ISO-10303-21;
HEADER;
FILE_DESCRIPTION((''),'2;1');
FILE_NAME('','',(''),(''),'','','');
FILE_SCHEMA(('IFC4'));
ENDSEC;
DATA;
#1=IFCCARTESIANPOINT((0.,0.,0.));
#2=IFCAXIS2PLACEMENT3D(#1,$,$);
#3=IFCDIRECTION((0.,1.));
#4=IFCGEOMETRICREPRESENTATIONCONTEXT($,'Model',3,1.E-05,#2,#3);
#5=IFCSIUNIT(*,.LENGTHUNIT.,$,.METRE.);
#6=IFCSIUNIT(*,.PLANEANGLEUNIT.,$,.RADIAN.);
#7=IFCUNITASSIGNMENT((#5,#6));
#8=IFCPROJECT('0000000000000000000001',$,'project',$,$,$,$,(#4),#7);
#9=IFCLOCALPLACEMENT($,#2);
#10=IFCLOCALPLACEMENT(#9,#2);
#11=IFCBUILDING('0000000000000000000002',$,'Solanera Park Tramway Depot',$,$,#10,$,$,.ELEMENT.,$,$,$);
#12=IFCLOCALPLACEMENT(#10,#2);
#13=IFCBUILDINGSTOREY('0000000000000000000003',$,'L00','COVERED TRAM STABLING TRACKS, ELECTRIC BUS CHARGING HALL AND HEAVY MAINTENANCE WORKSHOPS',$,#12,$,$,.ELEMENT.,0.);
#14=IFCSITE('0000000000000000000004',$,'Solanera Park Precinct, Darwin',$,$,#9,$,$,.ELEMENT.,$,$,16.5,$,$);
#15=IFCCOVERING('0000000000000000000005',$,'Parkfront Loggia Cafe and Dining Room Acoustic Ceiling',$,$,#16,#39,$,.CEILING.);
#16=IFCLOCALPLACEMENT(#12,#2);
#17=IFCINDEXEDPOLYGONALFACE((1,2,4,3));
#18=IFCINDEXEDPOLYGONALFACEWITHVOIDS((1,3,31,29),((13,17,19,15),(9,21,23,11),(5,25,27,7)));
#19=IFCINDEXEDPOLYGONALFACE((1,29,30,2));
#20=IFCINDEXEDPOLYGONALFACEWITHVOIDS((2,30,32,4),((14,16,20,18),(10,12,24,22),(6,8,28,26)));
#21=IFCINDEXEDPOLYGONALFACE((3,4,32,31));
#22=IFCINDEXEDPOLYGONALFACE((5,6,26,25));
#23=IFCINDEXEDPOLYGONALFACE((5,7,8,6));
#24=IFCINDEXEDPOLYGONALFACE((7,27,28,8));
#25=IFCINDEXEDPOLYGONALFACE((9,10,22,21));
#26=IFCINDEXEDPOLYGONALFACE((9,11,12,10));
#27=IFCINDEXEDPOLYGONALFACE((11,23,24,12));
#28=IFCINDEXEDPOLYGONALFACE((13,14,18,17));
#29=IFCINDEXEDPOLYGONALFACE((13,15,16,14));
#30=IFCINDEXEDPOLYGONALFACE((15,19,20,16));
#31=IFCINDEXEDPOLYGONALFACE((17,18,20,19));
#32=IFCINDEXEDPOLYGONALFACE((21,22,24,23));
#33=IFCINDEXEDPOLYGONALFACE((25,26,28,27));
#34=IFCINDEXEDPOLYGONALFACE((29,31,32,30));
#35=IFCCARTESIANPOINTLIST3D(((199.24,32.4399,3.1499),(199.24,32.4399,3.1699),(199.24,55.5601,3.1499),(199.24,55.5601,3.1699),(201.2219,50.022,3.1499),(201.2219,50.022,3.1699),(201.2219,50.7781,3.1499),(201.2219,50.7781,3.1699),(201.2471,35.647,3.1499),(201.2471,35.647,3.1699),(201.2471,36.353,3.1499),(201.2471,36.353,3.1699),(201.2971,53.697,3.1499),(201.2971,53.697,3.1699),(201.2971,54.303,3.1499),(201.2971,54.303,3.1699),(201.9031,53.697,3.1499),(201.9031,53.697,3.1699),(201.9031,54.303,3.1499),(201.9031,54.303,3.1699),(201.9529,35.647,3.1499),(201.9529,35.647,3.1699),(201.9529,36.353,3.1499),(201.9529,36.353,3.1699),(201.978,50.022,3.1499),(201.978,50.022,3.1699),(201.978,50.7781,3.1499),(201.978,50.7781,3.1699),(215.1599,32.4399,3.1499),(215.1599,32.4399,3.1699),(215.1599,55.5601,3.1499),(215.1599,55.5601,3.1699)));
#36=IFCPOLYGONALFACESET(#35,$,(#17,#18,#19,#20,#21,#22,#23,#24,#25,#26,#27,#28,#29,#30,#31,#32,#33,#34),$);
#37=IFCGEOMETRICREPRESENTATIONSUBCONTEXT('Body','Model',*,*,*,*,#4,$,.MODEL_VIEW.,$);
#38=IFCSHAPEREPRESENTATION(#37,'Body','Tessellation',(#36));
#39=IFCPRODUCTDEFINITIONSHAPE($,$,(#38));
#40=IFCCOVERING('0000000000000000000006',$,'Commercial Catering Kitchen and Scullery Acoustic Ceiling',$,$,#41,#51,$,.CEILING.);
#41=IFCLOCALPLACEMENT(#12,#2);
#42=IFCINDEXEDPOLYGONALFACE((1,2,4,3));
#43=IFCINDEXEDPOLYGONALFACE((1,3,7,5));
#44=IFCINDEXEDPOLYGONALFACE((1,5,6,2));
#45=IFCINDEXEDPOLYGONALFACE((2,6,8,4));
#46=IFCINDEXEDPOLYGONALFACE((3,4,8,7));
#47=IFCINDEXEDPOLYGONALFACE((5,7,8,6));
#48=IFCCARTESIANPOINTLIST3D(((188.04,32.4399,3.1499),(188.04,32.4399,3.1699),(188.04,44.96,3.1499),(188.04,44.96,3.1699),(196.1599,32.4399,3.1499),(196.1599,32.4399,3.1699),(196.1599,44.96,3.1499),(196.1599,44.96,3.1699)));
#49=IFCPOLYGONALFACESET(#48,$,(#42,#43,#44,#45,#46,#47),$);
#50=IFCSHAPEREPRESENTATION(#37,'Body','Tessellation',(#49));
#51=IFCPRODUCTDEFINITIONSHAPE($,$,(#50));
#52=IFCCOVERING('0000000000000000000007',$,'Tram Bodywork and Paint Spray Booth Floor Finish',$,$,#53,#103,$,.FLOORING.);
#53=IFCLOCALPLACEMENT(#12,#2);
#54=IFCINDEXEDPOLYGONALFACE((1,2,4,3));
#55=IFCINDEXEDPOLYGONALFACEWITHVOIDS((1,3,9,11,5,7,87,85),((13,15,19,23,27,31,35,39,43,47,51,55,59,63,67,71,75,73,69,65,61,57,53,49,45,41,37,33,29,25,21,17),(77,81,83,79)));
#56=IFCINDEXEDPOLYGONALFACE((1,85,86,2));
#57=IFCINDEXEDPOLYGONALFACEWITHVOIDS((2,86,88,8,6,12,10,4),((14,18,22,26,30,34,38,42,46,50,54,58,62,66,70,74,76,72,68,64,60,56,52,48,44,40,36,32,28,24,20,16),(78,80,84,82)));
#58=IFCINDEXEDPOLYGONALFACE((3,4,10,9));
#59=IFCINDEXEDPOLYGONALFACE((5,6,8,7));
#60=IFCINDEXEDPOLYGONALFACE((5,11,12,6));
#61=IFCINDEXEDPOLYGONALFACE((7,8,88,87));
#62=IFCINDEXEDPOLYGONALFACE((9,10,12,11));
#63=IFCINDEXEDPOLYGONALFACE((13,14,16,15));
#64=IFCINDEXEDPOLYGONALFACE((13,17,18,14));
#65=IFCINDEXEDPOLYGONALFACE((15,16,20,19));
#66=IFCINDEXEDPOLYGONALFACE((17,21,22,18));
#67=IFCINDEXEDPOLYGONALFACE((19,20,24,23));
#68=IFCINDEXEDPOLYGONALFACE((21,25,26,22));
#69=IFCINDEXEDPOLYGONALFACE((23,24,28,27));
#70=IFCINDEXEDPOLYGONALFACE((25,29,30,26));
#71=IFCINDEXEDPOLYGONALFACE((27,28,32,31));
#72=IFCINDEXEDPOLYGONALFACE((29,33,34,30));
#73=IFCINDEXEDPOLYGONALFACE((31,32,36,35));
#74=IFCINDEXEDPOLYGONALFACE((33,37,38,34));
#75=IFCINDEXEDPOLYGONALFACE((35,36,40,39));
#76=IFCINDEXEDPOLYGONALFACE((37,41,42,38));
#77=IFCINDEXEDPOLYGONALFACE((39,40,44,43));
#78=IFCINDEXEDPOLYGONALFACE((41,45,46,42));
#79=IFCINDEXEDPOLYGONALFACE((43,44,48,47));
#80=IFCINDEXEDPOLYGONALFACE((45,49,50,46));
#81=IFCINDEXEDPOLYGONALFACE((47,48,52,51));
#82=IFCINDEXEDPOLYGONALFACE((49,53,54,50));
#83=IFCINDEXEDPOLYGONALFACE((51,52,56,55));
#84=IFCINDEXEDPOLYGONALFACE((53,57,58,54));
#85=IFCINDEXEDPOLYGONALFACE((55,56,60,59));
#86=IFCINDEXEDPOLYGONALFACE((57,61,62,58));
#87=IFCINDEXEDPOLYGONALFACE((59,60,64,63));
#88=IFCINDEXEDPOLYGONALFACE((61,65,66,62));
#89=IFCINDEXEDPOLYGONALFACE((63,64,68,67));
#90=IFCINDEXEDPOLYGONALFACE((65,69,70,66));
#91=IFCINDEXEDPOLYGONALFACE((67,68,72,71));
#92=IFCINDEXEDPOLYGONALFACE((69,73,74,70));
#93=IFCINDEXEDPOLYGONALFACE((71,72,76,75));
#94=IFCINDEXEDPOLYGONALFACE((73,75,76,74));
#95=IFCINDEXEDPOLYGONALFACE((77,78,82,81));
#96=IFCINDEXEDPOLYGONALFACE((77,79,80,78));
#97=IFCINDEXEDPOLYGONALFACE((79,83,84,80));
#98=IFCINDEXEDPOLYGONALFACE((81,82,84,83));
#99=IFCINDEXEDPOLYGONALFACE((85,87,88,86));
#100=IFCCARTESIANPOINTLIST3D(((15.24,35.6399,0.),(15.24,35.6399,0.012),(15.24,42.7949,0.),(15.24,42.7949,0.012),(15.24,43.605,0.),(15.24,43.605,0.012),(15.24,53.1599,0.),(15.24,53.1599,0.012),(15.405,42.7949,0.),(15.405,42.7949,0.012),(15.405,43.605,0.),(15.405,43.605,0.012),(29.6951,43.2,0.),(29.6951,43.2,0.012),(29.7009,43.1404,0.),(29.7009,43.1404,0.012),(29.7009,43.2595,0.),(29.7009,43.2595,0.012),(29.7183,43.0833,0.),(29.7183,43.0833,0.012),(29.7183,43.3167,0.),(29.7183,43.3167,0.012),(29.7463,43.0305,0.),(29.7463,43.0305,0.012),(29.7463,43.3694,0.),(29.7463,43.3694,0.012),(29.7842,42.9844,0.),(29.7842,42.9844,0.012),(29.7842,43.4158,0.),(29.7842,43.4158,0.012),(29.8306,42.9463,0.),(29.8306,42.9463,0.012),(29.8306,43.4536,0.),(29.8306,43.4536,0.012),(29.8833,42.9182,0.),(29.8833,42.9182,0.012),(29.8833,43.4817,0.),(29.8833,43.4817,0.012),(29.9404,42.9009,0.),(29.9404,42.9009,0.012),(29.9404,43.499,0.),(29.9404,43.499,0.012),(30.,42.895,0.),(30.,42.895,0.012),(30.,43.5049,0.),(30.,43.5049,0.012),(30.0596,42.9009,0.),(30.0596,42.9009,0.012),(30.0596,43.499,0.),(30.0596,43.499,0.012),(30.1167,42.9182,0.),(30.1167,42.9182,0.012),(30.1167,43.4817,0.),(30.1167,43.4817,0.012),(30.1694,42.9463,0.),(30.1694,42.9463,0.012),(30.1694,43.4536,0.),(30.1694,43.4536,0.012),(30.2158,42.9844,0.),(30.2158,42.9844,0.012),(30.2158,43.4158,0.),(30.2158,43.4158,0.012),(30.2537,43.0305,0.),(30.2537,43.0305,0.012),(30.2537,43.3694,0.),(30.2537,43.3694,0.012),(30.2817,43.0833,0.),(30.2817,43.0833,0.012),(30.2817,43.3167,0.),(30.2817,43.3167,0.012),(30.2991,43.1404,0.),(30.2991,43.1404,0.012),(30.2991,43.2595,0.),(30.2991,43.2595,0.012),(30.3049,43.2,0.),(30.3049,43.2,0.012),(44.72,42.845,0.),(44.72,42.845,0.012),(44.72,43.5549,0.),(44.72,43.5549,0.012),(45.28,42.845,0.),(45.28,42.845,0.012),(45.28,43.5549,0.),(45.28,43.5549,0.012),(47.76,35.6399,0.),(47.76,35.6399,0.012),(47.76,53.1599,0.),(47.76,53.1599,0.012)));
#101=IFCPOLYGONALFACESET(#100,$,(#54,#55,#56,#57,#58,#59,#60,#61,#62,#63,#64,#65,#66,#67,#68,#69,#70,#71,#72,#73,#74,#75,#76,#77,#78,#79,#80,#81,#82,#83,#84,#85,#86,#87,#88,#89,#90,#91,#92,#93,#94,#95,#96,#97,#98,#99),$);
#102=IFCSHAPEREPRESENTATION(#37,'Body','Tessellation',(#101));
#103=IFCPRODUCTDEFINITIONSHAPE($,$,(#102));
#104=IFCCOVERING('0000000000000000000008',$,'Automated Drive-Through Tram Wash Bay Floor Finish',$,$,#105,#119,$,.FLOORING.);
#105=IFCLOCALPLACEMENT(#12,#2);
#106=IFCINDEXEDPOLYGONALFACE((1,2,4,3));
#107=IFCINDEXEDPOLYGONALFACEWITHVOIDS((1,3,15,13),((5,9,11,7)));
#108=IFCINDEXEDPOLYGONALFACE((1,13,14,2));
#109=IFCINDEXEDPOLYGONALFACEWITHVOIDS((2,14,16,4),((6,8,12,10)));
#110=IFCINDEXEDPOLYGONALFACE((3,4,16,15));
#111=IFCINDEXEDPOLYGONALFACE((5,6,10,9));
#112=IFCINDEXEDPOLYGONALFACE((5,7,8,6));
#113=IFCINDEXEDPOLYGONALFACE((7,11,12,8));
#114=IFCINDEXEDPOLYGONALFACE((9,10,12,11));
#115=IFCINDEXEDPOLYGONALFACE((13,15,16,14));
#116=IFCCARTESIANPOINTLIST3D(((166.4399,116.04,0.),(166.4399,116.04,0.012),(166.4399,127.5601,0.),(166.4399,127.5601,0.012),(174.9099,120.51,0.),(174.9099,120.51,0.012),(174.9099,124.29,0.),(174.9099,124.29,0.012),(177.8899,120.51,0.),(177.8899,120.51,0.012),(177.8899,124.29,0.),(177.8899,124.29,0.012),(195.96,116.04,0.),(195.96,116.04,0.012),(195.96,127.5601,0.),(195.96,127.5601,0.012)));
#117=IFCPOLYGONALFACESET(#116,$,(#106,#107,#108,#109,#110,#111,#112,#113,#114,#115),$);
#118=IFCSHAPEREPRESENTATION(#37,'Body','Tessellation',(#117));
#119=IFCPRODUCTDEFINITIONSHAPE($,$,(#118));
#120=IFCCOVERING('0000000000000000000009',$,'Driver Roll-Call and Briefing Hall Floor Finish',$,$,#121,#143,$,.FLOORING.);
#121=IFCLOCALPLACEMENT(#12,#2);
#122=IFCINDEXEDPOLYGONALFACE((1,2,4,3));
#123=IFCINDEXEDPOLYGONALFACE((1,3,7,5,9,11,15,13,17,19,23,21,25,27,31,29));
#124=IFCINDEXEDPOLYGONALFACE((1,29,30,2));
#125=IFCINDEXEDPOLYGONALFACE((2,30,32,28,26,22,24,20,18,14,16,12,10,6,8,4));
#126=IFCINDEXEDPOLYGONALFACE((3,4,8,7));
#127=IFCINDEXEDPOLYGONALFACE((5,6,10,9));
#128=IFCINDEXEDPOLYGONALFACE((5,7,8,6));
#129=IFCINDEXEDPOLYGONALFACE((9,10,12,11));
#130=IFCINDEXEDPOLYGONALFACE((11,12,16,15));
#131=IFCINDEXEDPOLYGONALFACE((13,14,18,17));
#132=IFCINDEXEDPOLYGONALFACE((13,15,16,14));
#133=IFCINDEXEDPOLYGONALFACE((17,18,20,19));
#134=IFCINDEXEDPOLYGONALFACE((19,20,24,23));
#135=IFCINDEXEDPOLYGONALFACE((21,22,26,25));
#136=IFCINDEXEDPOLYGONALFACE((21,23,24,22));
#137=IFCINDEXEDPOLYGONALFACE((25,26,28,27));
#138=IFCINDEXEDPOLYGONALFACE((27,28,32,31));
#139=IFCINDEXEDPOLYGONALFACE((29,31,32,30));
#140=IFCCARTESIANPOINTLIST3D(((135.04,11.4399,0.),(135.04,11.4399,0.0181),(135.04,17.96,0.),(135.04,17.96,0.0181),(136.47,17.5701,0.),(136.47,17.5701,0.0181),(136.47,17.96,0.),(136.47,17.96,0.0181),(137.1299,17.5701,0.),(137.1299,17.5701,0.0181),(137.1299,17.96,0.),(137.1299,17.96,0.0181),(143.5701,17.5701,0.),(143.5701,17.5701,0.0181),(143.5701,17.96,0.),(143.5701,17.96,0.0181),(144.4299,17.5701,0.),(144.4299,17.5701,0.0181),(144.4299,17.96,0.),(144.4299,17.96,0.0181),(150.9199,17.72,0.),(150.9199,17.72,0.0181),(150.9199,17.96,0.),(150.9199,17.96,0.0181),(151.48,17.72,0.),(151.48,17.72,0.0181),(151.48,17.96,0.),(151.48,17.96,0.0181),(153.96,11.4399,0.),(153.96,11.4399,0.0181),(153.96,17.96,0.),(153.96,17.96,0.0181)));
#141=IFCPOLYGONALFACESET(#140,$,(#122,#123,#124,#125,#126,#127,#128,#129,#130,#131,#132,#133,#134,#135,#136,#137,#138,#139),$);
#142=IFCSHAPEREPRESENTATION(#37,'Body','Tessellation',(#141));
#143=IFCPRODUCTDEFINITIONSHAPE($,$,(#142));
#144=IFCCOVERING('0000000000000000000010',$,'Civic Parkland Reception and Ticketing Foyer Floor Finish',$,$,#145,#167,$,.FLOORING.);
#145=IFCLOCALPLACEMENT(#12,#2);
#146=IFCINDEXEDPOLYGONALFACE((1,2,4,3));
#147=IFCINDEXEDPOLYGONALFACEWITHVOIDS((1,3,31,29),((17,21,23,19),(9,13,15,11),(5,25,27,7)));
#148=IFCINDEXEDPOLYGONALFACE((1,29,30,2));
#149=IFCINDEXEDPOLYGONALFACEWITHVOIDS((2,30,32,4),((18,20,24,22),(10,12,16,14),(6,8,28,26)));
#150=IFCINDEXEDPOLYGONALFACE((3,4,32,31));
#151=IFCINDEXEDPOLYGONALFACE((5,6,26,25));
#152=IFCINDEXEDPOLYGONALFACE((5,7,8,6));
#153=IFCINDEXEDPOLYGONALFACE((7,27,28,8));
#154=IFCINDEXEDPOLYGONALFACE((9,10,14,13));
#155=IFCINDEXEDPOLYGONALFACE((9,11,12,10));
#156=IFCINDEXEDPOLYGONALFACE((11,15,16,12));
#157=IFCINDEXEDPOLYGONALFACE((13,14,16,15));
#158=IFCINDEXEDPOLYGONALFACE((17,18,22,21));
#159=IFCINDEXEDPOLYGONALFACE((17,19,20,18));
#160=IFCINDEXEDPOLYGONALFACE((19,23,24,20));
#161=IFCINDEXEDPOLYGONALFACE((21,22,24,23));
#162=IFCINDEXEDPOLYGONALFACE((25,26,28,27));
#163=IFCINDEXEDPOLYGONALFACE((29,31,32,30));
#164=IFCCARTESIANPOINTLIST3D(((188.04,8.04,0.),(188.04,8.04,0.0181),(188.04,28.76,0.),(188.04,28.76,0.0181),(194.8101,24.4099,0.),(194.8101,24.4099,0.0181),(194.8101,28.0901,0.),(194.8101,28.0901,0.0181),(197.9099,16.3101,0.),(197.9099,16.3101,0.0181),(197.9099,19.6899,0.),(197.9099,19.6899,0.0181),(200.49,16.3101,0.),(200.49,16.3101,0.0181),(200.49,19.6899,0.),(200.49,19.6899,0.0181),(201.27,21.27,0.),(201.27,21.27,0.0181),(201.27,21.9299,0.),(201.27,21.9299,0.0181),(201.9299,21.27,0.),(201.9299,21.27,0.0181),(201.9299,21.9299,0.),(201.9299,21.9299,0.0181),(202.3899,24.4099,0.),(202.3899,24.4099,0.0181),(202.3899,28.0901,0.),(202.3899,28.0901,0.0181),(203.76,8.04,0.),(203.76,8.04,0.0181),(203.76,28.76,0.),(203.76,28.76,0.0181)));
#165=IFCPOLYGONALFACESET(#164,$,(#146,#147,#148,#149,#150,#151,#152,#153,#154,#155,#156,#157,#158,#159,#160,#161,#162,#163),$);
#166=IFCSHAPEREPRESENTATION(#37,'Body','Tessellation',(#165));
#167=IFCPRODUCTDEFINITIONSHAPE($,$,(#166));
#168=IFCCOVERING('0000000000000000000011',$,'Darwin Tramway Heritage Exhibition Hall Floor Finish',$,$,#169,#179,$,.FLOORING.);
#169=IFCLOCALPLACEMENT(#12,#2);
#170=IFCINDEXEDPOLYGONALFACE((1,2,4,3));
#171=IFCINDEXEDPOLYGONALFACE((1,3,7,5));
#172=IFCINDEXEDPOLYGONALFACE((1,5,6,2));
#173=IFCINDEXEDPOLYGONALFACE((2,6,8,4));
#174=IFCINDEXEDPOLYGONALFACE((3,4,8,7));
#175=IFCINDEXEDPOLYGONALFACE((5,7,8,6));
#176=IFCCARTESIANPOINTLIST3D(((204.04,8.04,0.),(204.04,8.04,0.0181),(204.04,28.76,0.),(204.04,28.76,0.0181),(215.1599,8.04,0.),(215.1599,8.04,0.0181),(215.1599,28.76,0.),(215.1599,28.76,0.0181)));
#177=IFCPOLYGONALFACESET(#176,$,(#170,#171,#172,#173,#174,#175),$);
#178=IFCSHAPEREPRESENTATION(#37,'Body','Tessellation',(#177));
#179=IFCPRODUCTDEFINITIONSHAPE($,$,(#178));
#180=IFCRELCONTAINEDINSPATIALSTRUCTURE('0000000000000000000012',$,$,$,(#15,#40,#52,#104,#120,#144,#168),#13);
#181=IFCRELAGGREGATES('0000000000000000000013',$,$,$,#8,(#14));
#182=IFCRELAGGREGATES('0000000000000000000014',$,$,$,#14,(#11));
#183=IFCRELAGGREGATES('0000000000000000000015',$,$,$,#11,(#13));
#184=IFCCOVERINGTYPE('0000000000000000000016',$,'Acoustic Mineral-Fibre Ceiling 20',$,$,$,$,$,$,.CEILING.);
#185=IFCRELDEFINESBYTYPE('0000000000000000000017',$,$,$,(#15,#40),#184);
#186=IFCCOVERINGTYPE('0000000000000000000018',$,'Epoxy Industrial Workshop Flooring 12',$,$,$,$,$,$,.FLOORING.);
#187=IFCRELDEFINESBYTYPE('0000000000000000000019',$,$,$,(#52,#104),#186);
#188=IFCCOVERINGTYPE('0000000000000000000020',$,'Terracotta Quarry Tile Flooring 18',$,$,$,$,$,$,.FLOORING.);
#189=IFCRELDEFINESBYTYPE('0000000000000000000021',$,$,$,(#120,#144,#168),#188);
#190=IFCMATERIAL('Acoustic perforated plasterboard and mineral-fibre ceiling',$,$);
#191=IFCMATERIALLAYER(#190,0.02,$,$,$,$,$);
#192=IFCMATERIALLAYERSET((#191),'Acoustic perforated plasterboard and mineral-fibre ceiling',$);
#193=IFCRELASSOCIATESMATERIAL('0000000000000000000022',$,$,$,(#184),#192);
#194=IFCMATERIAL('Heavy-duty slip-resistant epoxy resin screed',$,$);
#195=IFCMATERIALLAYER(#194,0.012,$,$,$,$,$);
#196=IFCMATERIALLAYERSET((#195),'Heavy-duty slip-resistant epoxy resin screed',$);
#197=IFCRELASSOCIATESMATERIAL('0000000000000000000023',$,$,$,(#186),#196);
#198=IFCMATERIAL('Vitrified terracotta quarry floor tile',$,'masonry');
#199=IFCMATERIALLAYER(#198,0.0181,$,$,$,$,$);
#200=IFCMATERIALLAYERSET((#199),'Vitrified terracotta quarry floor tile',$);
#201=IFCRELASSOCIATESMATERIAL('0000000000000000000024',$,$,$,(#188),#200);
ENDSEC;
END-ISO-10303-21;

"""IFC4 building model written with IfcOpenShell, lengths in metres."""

from ifc_helpers import new_model, si_unit, direction, frame, origin, place, context, subcontext, project, spatial, polyline, outline, extrude, material, layer, layer_set, type_object, element, save


model = new_model("IFC4")

# Units and contexts
model_context = context("Model", 3, precision=1e-05, world=origin(), true_north=direction((0.0, 1.0)))
body_context = subcontext(model_context, "Body", "Model", "MODEL_VIEW")
ifc_project = project(units=[si_unit("LENGTHUNIT", "METRE"), si_unit("PLANEANGLEUNIT", "RADIAN")], contexts=[model_context])

# Site, building, storey
site_placement = place(None, origin())
site = spatial("IfcSite", under=ifc_project, at=site_placement, Name="Solanera Park Precinct, Darwin", CompositionType="ELEMENT", RefElevation=16.5)
building_placement = place(site_placement, origin())
building = spatial("IfcBuilding", under=site, at=building_placement, Name="Solanera Park Tramway Depot", CompositionType="ELEMENT")
storey_placement = place(building_placement, origin())
storey = spatial("IfcBuildingStorey", under=building, at=storey_placement, Name="L00", Description="COVERED TRAM STABLING TRACKS, ELECTRIC BUS CHARGING HALL AND HEAVY MAINTENANCE WORKSHOPS", CompositionType="ELEMENT", Elevation=0.0)

# Coverings
ifc_material_1 = material(Name="Acoustic perforated plasterboard and mineral-fibre ceiling")
ifc_layer_1 = layer(ifc_material_1, 0.02)
ifc_layer_set_1 = layer_set([ifc_layer_1], Name="Acoustic perforated plasterboard and mineral-fibre ceiling")
covering_type_1 = type_object("IfcCoveringType", Name="Acoustic Mineral-Fibre Ceiling 20", PredefinedType="CEILING", material=ifc_layer_set_1)
covering_1_placement = place(storey_placement, frame((0.0, 0.0, 3.1499)))
element("IfcCovering", 1, at=covering_1_placement, inside=storey, type_object=covering_type_1, Name="Parkfront Loggia Cafe and Dining Room Acoustic Ceiling", PredefinedType="CEILING", context=body_context, shape_type="SweptSolid", body=[
    extrude(outline(polyline([(215.1599, 55.5601), (215.1599, 32.4399), (199.24, 32.4399), (199.24, 55.5601), (215.1599, 55.5601)]), holes=[polyline([(201.2471, 36.353), (201.2471, 35.647), (201.9529, 35.647), (201.9529, 36.353), (201.2471, 36.353)]), polyline([(201.978, 50.7781), (201.2219, 50.7781), (201.2219, 50.022), (201.978, 50.022), (201.978, 50.7781)]), polyline([(201.9031, 53.697), (201.9031, 54.303), (201.2971, 54.303), (201.2971, 53.697), (201.9031, 53.697)])]), origin(), (0.0, 0.0, 1.0), 0.02),
])
covering_2_placement = place(storey_placement, frame((0.0, 0.0, 3.1499)))
element("IfcCovering", 2, at=covering_2_placement, inside=storey, type_object=covering_type_1, Name="Commercial Catering Kitchen and Scullery Acoustic Ceiling", PredefinedType="CEILING", context=body_context, shape_type="SweptSolid", body=[
    extrude(outline(polyline([(196.1599, 32.4399), (188.04, 32.4399), (188.04, 44.96), (196.1599, 44.96), (196.1599, 32.4399)])), origin(), (0.0, 0.0, 1.0), 0.02),
])
ifc_material_2 = material(Name="Heavy-duty slip-resistant epoxy resin screed")
ifc_layer_2 = layer(ifc_material_2, 0.012)
ifc_layer_set_2 = layer_set([ifc_layer_2], Name="Heavy-duty slip-resistant epoxy resin screed")
covering_type_2 = type_object("IfcCoveringType", Name="Epoxy Industrial Workshop Flooring 12", PredefinedType="FLOORING", material=ifc_layer_set_2)
covering_3_placement = place(storey_placement, origin())
element("IfcCovering", 3, at=covering_3_placement, inside=storey, type_object=covering_type_2, Name="Tram Bodywork and Paint Spray Booth Floor Finish", PredefinedType="FLOORING", context=body_context, shape_type="SweptSolid", body=[
    extrude(outline(polyline([(15.405, 42.7949), (15.405, 43.605), (15.24, 43.605), (15.24, 53.1599), (47.76, 53.1599), (47.76, 35.6399), (15.24, 35.6399), (15.24, 42.7949), (15.405, 42.7949)]), holes=[polyline([(30.2817, 43.3167), (30.2537, 43.3694), (30.2158, 43.4158), (30.1694, 43.4536), (30.1167, 43.4817), (30.0596, 43.499), (30.0, 43.5049), (29.9404, 43.499), (29.8833, 43.4817), (29.8306, 43.4536), (29.7842, 43.4158), (29.7463, 43.3694), (29.7183, 43.3167), (29.7009, 43.2595), (29.6951, 43.2), (29.7009, 43.1404), (29.7183, 43.0833), (29.7463, 43.0305), (29.7842, 42.9844), (29.8306, 42.9463), (29.8833, 42.9182), (29.9404, 42.9009), (30.0, 42.895), (30.0596, 42.9009), (30.1167, 42.9182), (30.1694, 42.9463), (30.2158, 42.9844), (30.2537, 43.0305), (30.2817, 43.0833), (30.2991, 43.1404), (30.3049, 43.2), (30.2991, 43.2595), (30.2817, 43.3167)]), polyline([(45.28, 42.845), (45.28, 43.5549), (44.72, 43.5549), (44.72, 42.845), (45.28, 42.845)])]), origin(), (0.0, 0.0, 1.0), 0.012),
])
covering_4_placement = place(storey_placement, origin())
element("IfcCovering", 4, at=covering_4_placement, inside=storey, type_object=covering_type_2, Name="Automated Drive-Through Tram Wash Bay Floor Finish", PredefinedType="FLOORING", context=body_context, shape_type="SweptSolid", body=[
    extrude(outline(polyline([(166.4399, 116.04), (166.4399, 127.5601), (195.96, 127.5601), (195.96, 116.04), (166.4399, 116.04)]), holes=[polyline([(177.8899, 124.29), (174.9099, 124.29), (174.9099, 120.51), (177.8899, 120.51), (177.8899, 124.29)])]), origin(), (0.0, 0.0, 1.0), 0.012),
])
ifc_material_3 = material(Name="Vitrified terracotta quarry floor tile", Category="masonry")
ifc_layer_3 = layer(ifc_material_3, 0.0181)
ifc_layer_set_3 = layer_set([ifc_layer_3], Name="Vitrified terracotta quarry floor tile")
covering_type_3 = type_object("IfcCoveringType", Name="Terracotta Quarry Tile Flooring 18", PredefinedType="FLOORING", material=ifc_layer_set_3)
covering_5_placement = place(storey_placement, origin())
element("IfcCovering", 5, at=covering_5_placement, inside=storey, type_object=covering_type_3, Name="Driver Roll-Call and Briefing Hall Floor Finish", PredefinedType="FLOORING", context=body_context, shape_type="SweptSolid", body=[
    extrude(outline(polyline([(136.47, 17.96), (136.47, 17.5701), (137.1299, 17.5701), (137.1299, 17.96), (143.5701, 17.96), (143.5701, 17.5701), (144.4299, 17.5701), (144.4299, 17.96), (150.9199, 17.96), (150.9199, 17.72), (151.48, 17.72), (151.48, 17.96), (153.96, 17.96), (153.96, 11.4399), (135.04, 11.4399), (135.04, 17.96), (136.47, 17.96)])), origin(), (0.0, 0.0, 1.0), 0.0181),
])
covering_6_placement = place(storey_placement, origin())
element("IfcCovering", 6, at=covering_6_placement, inside=storey, type_object=covering_type_3, Name="Civic Parkland Reception and Ticketing Foyer Floor Finish", PredefinedType="FLOORING", context=body_context, shape_type="SweptSolid", body=[
    extrude(outline(polyline([(203.76, 28.76), (203.76, 8.04), (188.04, 8.04), (188.04, 28.76), (203.76, 28.76)]), holes=[polyline([(194.8101, 24.4099), (202.3899, 24.4099), (202.3899, 28.0901), (194.8101, 28.0901), (194.8101, 24.4099)]), polyline([(197.9099, 19.6899), (197.9099, 16.3101), (200.49, 16.3101), (200.49, 19.6899), (197.9099, 19.6899)]), polyline([(201.9299, 21.27), (201.9299, 21.9299), (201.27, 21.9299), (201.27, 21.27), (201.9299, 21.27)])]), origin(), (0.0, 0.0, 1.0), 0.0181),
])
covering_7_placement = place(storey_placement, origin())
element("IfcCovering", 7, at=covering_7_placement, inside=storey, type_object=covering_type_3, Name="Darwin Tramway Heritage Exhibition Hall Floor Finish", PredefinedType="FLOORING", context=body_context, shape_type="SweptSolid", body=[
    extrude(outline(polyline([(215.1599, 8.04), (204.04, 8.04), (204.04, 28.76), (215.1599, 28.76), (215.1599, 8.04)])), origin(), (0.0, 0.0, 1.0), 0.0181),
])

save(model, "model.ifc")
